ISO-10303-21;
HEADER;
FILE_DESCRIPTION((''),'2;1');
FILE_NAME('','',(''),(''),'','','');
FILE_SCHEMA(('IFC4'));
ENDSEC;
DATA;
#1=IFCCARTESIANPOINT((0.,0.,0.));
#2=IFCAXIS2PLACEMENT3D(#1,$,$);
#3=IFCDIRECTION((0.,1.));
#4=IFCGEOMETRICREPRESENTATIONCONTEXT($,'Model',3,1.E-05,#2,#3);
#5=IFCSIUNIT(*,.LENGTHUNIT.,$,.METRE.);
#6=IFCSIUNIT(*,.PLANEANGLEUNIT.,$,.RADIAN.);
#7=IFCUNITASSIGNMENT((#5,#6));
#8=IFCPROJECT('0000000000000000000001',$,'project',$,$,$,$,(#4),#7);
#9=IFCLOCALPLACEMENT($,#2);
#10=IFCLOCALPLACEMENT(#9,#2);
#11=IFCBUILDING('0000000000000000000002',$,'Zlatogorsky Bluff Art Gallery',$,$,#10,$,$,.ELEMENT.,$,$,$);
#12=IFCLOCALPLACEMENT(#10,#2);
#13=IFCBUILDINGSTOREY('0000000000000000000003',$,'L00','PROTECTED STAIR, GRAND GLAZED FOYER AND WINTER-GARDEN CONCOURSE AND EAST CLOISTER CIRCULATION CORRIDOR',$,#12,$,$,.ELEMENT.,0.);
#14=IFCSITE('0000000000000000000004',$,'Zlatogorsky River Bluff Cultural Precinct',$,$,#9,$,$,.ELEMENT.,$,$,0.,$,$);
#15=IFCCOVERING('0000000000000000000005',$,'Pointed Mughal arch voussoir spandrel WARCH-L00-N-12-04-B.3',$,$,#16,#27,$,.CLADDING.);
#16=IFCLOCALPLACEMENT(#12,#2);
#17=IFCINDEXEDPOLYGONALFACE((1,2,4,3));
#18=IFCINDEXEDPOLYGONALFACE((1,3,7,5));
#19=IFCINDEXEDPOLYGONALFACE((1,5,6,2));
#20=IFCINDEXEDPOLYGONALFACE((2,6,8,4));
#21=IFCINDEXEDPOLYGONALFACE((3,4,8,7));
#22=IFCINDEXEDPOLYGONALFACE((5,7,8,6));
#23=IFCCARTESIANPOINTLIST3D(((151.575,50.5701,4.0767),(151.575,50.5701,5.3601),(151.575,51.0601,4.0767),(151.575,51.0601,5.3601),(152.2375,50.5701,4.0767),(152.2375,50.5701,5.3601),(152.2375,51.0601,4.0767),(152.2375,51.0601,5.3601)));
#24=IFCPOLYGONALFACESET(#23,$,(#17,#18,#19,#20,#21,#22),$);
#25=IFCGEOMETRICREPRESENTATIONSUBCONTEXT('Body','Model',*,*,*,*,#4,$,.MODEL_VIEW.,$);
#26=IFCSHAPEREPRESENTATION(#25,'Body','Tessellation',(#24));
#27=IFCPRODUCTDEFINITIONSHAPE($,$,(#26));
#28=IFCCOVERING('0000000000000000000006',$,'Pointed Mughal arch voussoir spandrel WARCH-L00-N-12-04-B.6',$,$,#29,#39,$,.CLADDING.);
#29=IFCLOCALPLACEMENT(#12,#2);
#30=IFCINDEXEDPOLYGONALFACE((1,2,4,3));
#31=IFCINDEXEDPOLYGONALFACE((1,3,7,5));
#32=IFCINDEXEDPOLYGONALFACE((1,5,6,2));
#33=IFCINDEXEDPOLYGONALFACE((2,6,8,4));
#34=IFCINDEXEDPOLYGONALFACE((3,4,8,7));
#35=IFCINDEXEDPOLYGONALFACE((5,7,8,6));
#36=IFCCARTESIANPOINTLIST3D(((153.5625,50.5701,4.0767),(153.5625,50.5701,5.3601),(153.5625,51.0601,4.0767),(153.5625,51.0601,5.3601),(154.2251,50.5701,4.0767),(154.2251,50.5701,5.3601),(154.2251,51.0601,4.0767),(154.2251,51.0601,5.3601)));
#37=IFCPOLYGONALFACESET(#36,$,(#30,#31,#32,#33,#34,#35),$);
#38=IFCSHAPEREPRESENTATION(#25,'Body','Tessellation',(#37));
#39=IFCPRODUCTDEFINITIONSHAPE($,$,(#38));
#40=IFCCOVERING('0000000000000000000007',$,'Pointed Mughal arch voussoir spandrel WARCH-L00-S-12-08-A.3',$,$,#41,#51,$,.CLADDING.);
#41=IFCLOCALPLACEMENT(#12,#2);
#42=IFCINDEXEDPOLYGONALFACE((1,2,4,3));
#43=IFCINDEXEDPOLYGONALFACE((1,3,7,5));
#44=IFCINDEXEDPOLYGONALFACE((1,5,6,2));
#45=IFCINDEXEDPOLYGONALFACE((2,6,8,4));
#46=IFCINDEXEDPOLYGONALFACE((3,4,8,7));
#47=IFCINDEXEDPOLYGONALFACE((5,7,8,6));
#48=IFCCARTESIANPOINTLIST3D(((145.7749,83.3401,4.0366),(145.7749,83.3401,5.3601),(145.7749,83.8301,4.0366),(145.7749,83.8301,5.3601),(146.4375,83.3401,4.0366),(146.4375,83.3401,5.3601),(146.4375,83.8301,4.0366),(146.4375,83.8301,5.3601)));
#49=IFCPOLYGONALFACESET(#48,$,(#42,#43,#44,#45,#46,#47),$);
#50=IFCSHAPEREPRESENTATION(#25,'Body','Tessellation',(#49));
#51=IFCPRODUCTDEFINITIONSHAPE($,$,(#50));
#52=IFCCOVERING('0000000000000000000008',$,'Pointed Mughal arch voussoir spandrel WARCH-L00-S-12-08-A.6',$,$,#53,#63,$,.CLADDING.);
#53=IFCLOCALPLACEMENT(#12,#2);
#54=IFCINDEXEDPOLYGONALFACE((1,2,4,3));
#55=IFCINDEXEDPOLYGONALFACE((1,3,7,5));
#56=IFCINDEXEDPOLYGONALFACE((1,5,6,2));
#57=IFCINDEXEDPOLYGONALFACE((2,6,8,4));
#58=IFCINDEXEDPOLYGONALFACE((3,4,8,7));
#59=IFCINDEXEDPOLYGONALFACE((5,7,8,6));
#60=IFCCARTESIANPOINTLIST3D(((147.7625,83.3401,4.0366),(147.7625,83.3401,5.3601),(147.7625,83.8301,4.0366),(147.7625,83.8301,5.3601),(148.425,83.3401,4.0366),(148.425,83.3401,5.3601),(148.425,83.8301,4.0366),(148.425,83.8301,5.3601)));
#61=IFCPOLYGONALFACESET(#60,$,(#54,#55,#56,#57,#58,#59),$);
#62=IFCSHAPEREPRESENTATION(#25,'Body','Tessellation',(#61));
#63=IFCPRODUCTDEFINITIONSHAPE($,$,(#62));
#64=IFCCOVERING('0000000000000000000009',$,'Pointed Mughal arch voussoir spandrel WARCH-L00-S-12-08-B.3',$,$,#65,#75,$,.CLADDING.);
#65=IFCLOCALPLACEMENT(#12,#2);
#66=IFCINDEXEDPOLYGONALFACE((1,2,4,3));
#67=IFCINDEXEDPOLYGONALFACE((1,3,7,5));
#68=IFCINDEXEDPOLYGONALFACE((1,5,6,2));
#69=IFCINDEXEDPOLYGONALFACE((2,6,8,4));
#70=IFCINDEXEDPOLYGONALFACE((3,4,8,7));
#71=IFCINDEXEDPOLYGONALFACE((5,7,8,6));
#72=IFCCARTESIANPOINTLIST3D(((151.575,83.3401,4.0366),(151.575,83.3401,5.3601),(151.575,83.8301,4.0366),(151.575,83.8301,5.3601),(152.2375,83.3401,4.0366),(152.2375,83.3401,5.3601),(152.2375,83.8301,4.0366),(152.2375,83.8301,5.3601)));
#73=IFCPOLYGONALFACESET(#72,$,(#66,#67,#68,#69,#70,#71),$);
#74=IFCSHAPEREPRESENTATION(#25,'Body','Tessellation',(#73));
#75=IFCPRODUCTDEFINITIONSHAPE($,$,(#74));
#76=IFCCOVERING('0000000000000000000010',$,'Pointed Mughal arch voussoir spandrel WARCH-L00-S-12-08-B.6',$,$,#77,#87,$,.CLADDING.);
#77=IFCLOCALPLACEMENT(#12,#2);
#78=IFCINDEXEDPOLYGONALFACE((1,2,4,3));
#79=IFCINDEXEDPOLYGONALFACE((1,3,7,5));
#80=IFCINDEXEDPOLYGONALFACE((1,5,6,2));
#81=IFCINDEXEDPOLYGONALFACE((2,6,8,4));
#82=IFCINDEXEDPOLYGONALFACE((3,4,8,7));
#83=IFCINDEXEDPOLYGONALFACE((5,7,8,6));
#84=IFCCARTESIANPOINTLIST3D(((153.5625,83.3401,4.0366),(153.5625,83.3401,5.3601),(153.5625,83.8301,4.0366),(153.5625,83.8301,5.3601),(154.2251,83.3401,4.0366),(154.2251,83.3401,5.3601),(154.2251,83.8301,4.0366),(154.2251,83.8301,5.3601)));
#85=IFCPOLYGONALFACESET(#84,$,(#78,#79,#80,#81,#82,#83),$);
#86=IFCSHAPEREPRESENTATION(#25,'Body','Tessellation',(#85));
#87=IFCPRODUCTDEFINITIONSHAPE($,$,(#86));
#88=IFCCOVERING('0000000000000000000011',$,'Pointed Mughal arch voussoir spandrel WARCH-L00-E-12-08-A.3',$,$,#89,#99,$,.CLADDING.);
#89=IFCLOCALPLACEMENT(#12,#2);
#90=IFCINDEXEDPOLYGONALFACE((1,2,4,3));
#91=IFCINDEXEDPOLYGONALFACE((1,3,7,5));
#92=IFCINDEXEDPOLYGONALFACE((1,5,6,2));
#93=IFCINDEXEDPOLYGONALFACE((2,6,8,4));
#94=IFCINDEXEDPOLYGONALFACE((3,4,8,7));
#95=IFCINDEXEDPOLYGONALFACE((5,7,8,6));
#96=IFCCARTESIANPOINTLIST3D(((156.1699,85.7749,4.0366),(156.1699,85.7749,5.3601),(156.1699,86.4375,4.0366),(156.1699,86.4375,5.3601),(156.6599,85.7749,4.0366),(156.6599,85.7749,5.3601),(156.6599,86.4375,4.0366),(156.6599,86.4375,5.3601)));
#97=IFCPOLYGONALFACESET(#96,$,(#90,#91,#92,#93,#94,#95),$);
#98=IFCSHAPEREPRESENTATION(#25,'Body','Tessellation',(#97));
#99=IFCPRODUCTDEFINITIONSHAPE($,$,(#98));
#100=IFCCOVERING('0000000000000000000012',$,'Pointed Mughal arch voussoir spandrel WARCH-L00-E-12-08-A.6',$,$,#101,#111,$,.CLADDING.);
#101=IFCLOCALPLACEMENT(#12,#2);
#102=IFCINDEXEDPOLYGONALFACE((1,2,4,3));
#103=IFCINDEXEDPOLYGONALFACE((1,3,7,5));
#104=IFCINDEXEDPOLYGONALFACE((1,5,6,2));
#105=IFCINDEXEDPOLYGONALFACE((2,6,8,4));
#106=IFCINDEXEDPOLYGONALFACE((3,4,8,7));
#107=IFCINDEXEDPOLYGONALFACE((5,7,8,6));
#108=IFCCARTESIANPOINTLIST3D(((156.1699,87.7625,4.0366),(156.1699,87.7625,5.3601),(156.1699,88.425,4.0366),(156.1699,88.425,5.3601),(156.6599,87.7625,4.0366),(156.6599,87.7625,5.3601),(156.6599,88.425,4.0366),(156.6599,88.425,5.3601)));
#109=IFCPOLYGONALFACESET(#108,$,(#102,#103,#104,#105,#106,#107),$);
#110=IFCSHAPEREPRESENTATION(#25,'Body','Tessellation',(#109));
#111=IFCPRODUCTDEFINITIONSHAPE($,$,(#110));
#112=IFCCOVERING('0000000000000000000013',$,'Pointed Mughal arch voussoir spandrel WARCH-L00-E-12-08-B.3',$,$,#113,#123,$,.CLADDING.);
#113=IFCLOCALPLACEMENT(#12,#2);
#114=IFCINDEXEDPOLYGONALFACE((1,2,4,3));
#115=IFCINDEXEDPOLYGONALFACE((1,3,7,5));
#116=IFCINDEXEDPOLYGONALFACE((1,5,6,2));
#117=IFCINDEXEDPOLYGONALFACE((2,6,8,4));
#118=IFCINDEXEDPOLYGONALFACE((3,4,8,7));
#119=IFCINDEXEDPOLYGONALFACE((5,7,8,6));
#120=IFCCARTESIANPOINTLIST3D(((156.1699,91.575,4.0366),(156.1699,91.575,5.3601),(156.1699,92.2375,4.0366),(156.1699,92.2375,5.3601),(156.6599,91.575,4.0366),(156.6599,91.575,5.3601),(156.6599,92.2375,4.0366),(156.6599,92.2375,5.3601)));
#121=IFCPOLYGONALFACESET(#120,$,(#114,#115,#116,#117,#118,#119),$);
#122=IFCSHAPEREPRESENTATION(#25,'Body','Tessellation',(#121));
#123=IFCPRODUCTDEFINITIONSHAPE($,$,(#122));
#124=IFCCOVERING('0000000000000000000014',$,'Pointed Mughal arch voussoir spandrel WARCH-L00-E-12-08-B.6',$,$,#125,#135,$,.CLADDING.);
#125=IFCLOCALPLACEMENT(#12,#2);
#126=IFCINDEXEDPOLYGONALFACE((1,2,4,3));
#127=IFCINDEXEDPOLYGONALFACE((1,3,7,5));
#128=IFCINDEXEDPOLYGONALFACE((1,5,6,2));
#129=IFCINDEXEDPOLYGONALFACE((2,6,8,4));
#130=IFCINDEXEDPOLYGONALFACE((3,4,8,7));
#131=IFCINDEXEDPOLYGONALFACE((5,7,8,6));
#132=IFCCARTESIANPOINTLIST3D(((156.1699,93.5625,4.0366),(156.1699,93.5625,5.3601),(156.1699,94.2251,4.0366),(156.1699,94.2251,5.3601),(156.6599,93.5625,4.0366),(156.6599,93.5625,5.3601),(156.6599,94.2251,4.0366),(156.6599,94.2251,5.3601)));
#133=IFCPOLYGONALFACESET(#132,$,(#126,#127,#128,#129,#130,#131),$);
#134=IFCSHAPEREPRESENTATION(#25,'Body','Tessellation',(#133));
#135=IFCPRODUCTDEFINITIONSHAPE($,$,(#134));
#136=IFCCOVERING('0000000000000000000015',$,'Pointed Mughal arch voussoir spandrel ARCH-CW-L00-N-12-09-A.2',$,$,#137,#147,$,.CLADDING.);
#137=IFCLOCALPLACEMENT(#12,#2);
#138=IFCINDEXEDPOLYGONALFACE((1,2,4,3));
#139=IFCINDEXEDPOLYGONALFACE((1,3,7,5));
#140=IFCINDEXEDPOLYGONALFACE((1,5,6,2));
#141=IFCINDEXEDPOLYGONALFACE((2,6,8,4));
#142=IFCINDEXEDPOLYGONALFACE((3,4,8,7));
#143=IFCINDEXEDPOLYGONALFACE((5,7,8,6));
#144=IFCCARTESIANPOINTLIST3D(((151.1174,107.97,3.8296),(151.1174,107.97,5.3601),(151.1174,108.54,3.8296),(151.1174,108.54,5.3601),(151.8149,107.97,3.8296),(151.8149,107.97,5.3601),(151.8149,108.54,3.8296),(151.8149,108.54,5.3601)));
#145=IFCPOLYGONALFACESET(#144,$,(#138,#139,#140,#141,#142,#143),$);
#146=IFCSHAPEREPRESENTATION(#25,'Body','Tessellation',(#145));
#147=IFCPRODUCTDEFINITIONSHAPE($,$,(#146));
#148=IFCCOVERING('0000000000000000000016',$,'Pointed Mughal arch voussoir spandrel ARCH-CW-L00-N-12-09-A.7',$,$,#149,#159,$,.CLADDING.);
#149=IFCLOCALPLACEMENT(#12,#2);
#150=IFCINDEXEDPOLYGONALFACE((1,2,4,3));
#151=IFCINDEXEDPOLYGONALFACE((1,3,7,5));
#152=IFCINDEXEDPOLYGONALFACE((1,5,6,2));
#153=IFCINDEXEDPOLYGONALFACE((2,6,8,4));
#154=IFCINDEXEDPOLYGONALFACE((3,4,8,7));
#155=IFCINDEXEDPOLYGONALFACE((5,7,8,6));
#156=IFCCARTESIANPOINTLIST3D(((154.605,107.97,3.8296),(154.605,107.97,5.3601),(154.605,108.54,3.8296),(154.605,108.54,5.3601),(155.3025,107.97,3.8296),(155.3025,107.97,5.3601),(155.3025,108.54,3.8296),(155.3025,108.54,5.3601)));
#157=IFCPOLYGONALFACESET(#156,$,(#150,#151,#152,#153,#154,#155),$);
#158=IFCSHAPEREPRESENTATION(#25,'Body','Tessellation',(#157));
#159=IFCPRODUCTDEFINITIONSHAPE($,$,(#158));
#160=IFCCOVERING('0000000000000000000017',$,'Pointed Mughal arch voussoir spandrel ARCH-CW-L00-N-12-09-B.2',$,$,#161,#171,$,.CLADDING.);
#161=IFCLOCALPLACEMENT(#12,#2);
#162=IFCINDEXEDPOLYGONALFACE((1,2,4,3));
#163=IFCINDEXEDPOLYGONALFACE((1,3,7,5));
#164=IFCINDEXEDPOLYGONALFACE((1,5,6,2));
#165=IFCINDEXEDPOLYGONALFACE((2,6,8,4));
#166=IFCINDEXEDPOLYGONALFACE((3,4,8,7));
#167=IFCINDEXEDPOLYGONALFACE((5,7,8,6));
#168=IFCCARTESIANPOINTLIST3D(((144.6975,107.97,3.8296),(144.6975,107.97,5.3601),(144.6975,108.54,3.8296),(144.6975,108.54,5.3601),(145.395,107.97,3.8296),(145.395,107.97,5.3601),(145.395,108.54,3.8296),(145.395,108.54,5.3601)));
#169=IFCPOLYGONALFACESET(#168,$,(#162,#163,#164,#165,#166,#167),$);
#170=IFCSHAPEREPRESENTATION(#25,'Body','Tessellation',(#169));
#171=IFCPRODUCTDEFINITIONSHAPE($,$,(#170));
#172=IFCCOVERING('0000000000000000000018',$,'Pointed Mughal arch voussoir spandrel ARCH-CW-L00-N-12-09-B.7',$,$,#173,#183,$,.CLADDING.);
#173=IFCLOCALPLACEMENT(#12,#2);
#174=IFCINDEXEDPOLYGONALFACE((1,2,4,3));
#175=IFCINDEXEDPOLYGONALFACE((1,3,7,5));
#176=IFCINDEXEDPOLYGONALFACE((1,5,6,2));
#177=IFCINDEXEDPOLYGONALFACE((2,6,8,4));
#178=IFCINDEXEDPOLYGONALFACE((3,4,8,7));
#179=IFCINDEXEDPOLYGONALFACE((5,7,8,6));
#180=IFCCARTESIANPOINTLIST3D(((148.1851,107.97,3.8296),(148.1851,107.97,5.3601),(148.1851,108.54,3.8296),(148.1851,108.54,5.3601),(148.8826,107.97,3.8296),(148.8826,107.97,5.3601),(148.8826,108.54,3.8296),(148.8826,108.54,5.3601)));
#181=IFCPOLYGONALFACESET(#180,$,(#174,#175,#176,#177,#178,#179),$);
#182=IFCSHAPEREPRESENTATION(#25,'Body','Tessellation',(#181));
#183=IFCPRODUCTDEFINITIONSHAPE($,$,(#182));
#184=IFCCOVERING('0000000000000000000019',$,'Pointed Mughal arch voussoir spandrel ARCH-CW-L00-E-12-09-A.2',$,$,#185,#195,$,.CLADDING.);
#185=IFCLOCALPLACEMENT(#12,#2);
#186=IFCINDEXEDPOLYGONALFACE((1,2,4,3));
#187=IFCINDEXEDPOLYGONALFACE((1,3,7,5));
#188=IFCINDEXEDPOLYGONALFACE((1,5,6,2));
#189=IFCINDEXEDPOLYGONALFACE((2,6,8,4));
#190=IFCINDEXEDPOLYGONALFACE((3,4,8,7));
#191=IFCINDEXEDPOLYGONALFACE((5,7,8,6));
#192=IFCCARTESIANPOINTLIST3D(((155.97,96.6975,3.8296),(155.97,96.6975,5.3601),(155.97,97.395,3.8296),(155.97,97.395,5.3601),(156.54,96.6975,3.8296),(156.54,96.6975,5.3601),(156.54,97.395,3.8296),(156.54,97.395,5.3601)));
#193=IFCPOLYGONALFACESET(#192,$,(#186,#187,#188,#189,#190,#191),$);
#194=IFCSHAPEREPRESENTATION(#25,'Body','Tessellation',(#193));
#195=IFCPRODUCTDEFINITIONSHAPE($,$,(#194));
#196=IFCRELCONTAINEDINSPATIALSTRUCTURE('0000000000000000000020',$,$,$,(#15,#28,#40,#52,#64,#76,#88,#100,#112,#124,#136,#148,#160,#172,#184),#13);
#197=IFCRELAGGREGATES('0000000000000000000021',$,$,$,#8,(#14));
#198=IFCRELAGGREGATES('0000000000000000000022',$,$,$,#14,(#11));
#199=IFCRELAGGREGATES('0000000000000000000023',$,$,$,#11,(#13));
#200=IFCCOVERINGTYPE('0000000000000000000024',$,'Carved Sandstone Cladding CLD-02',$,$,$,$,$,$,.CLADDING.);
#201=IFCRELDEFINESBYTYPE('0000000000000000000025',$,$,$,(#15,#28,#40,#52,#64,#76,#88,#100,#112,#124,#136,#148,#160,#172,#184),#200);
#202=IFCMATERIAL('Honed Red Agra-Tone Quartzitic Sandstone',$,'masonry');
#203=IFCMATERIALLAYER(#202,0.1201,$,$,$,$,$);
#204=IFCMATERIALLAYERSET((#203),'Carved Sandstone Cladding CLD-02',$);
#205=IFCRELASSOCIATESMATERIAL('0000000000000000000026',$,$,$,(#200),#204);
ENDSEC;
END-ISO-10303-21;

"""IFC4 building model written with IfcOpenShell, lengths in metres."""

from ifc_helpers import new_model, si_unit, direction, frame, origin, place, context, subcontext, project, spatial, polyline, outline, extrude, material, layer, layer_set, type_object, element, save


model = new_model("IFC4")

# Units and contexts
model_context = context("Model", 3, precision=1e-05, world=origin(), true_north=direction((0.0, 1.0)))
body_context = subcontext(model_context, "Body", "Model", "MODEL_VIEW")
ifc_project = project(units=[si_unit("LENGTHUNIT", "METRE"), si_unit("PLANEANGLEUNIT", "RADIAN")], contexts=[model_context])

# Site, building, storey
site_placement = place(None, origin())
site = spatial("IfcSite", under=ifc_project, at=site_placement, Name="Zlatogorsky River Bluff Cultural Precinct", CompositionType="ELEMENT", RefElevation=0.0)
building_placement = place(site_placement, origin())
building = spatial("IfcBuilding", under=site, at=building_placement, Name="Zlatogorsky Bluff Art Gallery", CompositionType="ELEMENT")
storey_placement = place(building_placement, origin())
storey = spatial("IfcBuildingStorey", under=building, at=storey_placement, Name="L00", Description="PROTECTED STAIR, GRAND GLAZED FOYER AND WINTER-GARDEN CONCOURSE AND EAST CLOISTER CIRCULATION CORRIDOR", CompositionType="ELEMENT", Elevation=0.0)

# Coverings
ifc_material = material(Name="Honed Red Agra-Tone Quartzitic Sandstone", Category="masonry")
ifc_layer = layer(ifc_material, 0.1201)
ifc_layer_set = layer_set([ifc_layer], Name="Carved Sandstone Cladding CLD-02")
covering_type = type_object("IfcCoveringType", Name="Carved Sandstone Cladding CLD-02", PredefinedType="CLADDING", material=ifc_layer_set)
covering_1_placement = place(storey_placement, frame((0.0, 0.0, 4.0767)))
element("IfcCovering", 1, at=covering_1_placement, inside=storey, type_object=covering_type, Name="Pointed Mughal arch voussoir spandrel WARCH-L00-N-12-04-B.3", PredefinedType="CLADDING", context=body_context, shape_type="SweptSolid", body=[
    extrude(outline(polyline([(151.575, 50.5701), (152.2375, 50.5701), (152.2375, 51.0601), (151.575, 51.0601), (151.575, 50.5701)])), origin(), (0.0, 0.0, 1.0), 1.2834),
])
covering_2_placement = place(storey_placement, frame((0.0, 0.0, 4.0767)))
element("IfcCovering", 2, at=covering_2_placement, inside=storey, type_object=covering_type, Name="Pointed Mughal arch voussoir spandrel WARCH-L00-N-12-04-B.6", PredefinedType="CLADDING", context=body_context, shape_type="SweptSolid", body=[
    extrude(outline(polyline([(153.5625, 50.5701), (154.2251, 50.5701), (154.2251, 51.0601), (153.5625, 51.0601), (153.5625, 50.5701)])), origin(), (0.0, 0.0, 1.0), 1.2834),
])
covering_3_placement = place(storey_placement, frame((0.0, 0.0, 4.0366)))
element("IfcCovering", 3, at=covering_3_placement, inside=storey, type_object=covering_type, Name="Pointed Mughal arch voussoir spandrel WARCH-L00-S-12-08-A.3", PredefinedType="CLADDING", context=body_context, shape_type="SweptSolid", body=[
    extrude(outline(polyline([(145.7749, 83.3401), (146.4375, 83.3401), (146.4375, 83.8301), (145.7749, 83.8301), (145.7749, 83.3401)])), origin(), (0.0, 0.0, 1.0), 1.3235),
])
covering_4_placement = place(storey_placement, frame((0.0, 0.0, 4.0366)))
element("IfcCovering", 4, at=covering_4_placement, inside=storey, type_object=covering_type, Name="Pointed Mughal arch voussoir spandrel WARCH-L00-S-12-08-A.6", PredefinedType="CLADDING", context=body_context, shape_type="SweptSolid", body=[
    extrude(outline(polyline([(147.7625, 83.3401), (148.425, 83.3401), (148.425, 83.8301), (147.7625, 83.8301), (147.7625, 83.3401)])), origin(), (0.0, 0.0, 1.0), 1.3235),
])
covering_5_placement = place(storey_placement, frame((0.0, 0.0, 4.0366)))
element("IfcCovering", 5, at=covering_5_placement, inside=storey, type_object=covering_type, Name="Pointed Mughal arch voussoir spandrel WARCH-L00-S-12-08-B.3", PredefinedType="CLADDING", context=body_context, shape_type="SweptSolid", body=[
    extrude(outline(polyline([(151.575, 83.3401), (152.2375, 83.3401), (152.2375, 83.8301), (151.575, 83.8301), (151.575, 83.3401)])), origin(), (0.0, 0.0, 1.0), 1.3235),
])
covering_6_placement = place(storey_placement, frame((0.0, 0.0, 4.0366)))
element("IfcCovering", 6, at=covering_6_placement, inside=storey, type_object=covering_type, Name="Pointed Mughal arch voussoir spandrel WARCH-L00-S-12-08-B.6", PredefinedType="CLADDING", context=body_context, shape_type="SweptSolid", body=[
    extrude(outline(polyline([(153.5625, 83.3401), (154.2251, 83.3401), (154.2251, 83.8301), (153.5625, 83.8301), (153.5625, 83.3401)])), origin(), (0.0, 0.0, 1.0), 1.3235),
])
covering_7_placement = place(storey_placement, frame((0.0, 0.0, 4.0366)))
element("IfcCovering", 7, at=covering_7_placement, inside=storey, type_object=covering_type, Name="Pointed Mughal arch voussoir spandrel WARCH-L00-E-12-08-A.3", PredefinedType="CLADDING", context=body_context, shape_type="SweptSolid", body=[
    extrude(outline(polyline([(156.1699, 85.7749), (156.1699, 86.4375), (156.6599, 86.4375), (156.6599, 85.7749), (156.1699, 85.7749)])), origin(), (0.0, 0.0, 1.0), 1.3235),
])
covering_8_placement = place(storey_placement, frame((0.0, 0.0, 4.0366)))
element("IfcCovering", 8, at=covering_8_placement, inside=storey, type_object=covering_type, Name="Pointed Mughal arch voussoir spandrel WARCH-L00-E-12-08-A.6", PredefinedType="CLADDING", context=body_context, shape_type="SweptSolid", body=[
    extrude(outline(polyline([(156.1699, 87.7625), (156.1699, 88.425), (156.6599, 88.425), (156.6599, 87.7625), (156.1699, 87.7625)])), origin(), (0.0, 0.0, 1.0), 1.3235),
])
covering_9_placement = place(storey_placement, frame((0.0, 0.0, 4.0366)))
element("IfcCovering", 9, at=covering_9_placement, inside=storey, type_object=covering_type, Name="Pointed Mughal arch voussoir spandrel WARCH-L00-E-12-08-B.3", PredefinedType="CLADDING", context=body_context, shape_type="SweptSolid", body=[
    extrude(outline(polyline([(156.1699, 91.575), (156.1699, 92.2375), (156.6599, 92.2375), (156.6599, 91.575), (156.1699, 91.575)])), origin(), (0.0, 0.0, 1.0), 1.3235),
])
covering_10_placement = place(storey_placement, frame((0.0, 0.0, 4.0366)))
element("IfcCovering", 10, at=covering_10_placement, inside=storey, type_object=covering_type, Name="Pointed Mughal arch voussoir spandrel WARCH-L00-E-12-08-B.6", PredefinedType="CLADDING", context=body_context, shape_type="SweptSolid", body=[
    extrude(outline(polyline([(156.1699, 93.5625), (156.1699, 94.2251), (156.6599, 94.2251), (156.6599, 93.5625), (156.1699, 93.5625)])), origin(), (0.0, 0.0, 1.0), 1.3235),
])
covering_11_placement = place(storey_placement, frame((0.0, 0.0, 3.8296)))
element("IfcCovering", 11, at=covering_11_placement, inside=storey, type_object=covering_type, Name="Pointed Mughal arch voussoir spandrel ARCH-CW-L00-N-12-09-A.2", PredefinedType="CLADDING", context=body_context, shape_type="SweptSolid", body=[
    extrude(outline(polyline([(151.1174, 107.97), (151.8149, 107.97), (151.8149, 108.54), (151.1174, 108.54), (151.1174, 107.97)])), origin(), (0.0, 0.0, 1.0), 1.5305),
])
covering_12_placement = place(storey_placement, frame((0.0, 0.0, 3.8296)))
element("IfcCovering", 12, at=covering_12_placement, inside=storey, type_object=covering_type, Name="Pointed Mughal arch voussoir spandrel ARCH-CW-L00-N-12-09-A.7", PredefinedType="CLADDING", context=body_context, shape_type="SweptSolid", body=[
    extrude(outline(polyline([(154.605, 107.97), (155.3025, 107.97), (155.3025, 108.54), (154.605, 108.54), (154.605, 107.97)])), origin(), (0.0, 0.0, 1.0), 1.5305),
])
covering_13_placement = place(storey_placement, frame((0.0, 0.0, 3.8296)))
element("IfcCovering", 13, at=covering_13_placement, inside=storey, type_object=covering_type, Name="Pointed Mughal arch voussoir spandrel ARCH-CW-L00-N-12-09-B.2", PredefinedType="CLADDING", context=body_context, shape_type="SweptSolid", body=[
    extrude(outline(polyline([(144.6975, 107.97), (145.395, 107.97), (145.395, 108.54), (144.6975, 108.54), (144.6975, 107.97)])), origin(), (0.0, 0.0, 1.0), 1.5305),
])
covering_14_placement = place(storey_placement, frame((0.0, 0.0, 3.8296)))
element("IfcCovering", 14, at=covering_14_placement, inside=storey, type_object=covering_type, Name="Pointed Mughal arch voussoir spandrel ARCH-CW-L00-N-12-09-B.7", PredefinedType="CLADDING", context=body_context, shape_type="SweptSolid", body=[
    extrude(outline(polyline([(148.1851, 107.97), (148.8826, 107.97), (148.8826, 108.54), (148.1851, 108.54), (148.1851, 107.97)])), origin(), (0.0, 0.0, 1.0), 1.5305),
])
covering_15_placement = place(storey_placement, frame((0.0, 0.0, 3.8296)))
element("IfcCovering", 15, at=covering_15_placement, inside=storey, type_object=covering_type, Name="Pointed Mughal arch voussoir spandrel ARCH-CW-L00-E-12-09-A.2", PredefinedType="CLADDING", context=body_context, shape_type="SweptSolid", body=[
    extrude(outline(polyline([(155.97, 96.6975), (155.97, 97.395), (156.54, 97.395), (156.54, 96.6975), (155.97, 96.6975)])), origin(), (0.0, 0.0, 1.0), 1.5305),
])

save(model, "model.ifc")
